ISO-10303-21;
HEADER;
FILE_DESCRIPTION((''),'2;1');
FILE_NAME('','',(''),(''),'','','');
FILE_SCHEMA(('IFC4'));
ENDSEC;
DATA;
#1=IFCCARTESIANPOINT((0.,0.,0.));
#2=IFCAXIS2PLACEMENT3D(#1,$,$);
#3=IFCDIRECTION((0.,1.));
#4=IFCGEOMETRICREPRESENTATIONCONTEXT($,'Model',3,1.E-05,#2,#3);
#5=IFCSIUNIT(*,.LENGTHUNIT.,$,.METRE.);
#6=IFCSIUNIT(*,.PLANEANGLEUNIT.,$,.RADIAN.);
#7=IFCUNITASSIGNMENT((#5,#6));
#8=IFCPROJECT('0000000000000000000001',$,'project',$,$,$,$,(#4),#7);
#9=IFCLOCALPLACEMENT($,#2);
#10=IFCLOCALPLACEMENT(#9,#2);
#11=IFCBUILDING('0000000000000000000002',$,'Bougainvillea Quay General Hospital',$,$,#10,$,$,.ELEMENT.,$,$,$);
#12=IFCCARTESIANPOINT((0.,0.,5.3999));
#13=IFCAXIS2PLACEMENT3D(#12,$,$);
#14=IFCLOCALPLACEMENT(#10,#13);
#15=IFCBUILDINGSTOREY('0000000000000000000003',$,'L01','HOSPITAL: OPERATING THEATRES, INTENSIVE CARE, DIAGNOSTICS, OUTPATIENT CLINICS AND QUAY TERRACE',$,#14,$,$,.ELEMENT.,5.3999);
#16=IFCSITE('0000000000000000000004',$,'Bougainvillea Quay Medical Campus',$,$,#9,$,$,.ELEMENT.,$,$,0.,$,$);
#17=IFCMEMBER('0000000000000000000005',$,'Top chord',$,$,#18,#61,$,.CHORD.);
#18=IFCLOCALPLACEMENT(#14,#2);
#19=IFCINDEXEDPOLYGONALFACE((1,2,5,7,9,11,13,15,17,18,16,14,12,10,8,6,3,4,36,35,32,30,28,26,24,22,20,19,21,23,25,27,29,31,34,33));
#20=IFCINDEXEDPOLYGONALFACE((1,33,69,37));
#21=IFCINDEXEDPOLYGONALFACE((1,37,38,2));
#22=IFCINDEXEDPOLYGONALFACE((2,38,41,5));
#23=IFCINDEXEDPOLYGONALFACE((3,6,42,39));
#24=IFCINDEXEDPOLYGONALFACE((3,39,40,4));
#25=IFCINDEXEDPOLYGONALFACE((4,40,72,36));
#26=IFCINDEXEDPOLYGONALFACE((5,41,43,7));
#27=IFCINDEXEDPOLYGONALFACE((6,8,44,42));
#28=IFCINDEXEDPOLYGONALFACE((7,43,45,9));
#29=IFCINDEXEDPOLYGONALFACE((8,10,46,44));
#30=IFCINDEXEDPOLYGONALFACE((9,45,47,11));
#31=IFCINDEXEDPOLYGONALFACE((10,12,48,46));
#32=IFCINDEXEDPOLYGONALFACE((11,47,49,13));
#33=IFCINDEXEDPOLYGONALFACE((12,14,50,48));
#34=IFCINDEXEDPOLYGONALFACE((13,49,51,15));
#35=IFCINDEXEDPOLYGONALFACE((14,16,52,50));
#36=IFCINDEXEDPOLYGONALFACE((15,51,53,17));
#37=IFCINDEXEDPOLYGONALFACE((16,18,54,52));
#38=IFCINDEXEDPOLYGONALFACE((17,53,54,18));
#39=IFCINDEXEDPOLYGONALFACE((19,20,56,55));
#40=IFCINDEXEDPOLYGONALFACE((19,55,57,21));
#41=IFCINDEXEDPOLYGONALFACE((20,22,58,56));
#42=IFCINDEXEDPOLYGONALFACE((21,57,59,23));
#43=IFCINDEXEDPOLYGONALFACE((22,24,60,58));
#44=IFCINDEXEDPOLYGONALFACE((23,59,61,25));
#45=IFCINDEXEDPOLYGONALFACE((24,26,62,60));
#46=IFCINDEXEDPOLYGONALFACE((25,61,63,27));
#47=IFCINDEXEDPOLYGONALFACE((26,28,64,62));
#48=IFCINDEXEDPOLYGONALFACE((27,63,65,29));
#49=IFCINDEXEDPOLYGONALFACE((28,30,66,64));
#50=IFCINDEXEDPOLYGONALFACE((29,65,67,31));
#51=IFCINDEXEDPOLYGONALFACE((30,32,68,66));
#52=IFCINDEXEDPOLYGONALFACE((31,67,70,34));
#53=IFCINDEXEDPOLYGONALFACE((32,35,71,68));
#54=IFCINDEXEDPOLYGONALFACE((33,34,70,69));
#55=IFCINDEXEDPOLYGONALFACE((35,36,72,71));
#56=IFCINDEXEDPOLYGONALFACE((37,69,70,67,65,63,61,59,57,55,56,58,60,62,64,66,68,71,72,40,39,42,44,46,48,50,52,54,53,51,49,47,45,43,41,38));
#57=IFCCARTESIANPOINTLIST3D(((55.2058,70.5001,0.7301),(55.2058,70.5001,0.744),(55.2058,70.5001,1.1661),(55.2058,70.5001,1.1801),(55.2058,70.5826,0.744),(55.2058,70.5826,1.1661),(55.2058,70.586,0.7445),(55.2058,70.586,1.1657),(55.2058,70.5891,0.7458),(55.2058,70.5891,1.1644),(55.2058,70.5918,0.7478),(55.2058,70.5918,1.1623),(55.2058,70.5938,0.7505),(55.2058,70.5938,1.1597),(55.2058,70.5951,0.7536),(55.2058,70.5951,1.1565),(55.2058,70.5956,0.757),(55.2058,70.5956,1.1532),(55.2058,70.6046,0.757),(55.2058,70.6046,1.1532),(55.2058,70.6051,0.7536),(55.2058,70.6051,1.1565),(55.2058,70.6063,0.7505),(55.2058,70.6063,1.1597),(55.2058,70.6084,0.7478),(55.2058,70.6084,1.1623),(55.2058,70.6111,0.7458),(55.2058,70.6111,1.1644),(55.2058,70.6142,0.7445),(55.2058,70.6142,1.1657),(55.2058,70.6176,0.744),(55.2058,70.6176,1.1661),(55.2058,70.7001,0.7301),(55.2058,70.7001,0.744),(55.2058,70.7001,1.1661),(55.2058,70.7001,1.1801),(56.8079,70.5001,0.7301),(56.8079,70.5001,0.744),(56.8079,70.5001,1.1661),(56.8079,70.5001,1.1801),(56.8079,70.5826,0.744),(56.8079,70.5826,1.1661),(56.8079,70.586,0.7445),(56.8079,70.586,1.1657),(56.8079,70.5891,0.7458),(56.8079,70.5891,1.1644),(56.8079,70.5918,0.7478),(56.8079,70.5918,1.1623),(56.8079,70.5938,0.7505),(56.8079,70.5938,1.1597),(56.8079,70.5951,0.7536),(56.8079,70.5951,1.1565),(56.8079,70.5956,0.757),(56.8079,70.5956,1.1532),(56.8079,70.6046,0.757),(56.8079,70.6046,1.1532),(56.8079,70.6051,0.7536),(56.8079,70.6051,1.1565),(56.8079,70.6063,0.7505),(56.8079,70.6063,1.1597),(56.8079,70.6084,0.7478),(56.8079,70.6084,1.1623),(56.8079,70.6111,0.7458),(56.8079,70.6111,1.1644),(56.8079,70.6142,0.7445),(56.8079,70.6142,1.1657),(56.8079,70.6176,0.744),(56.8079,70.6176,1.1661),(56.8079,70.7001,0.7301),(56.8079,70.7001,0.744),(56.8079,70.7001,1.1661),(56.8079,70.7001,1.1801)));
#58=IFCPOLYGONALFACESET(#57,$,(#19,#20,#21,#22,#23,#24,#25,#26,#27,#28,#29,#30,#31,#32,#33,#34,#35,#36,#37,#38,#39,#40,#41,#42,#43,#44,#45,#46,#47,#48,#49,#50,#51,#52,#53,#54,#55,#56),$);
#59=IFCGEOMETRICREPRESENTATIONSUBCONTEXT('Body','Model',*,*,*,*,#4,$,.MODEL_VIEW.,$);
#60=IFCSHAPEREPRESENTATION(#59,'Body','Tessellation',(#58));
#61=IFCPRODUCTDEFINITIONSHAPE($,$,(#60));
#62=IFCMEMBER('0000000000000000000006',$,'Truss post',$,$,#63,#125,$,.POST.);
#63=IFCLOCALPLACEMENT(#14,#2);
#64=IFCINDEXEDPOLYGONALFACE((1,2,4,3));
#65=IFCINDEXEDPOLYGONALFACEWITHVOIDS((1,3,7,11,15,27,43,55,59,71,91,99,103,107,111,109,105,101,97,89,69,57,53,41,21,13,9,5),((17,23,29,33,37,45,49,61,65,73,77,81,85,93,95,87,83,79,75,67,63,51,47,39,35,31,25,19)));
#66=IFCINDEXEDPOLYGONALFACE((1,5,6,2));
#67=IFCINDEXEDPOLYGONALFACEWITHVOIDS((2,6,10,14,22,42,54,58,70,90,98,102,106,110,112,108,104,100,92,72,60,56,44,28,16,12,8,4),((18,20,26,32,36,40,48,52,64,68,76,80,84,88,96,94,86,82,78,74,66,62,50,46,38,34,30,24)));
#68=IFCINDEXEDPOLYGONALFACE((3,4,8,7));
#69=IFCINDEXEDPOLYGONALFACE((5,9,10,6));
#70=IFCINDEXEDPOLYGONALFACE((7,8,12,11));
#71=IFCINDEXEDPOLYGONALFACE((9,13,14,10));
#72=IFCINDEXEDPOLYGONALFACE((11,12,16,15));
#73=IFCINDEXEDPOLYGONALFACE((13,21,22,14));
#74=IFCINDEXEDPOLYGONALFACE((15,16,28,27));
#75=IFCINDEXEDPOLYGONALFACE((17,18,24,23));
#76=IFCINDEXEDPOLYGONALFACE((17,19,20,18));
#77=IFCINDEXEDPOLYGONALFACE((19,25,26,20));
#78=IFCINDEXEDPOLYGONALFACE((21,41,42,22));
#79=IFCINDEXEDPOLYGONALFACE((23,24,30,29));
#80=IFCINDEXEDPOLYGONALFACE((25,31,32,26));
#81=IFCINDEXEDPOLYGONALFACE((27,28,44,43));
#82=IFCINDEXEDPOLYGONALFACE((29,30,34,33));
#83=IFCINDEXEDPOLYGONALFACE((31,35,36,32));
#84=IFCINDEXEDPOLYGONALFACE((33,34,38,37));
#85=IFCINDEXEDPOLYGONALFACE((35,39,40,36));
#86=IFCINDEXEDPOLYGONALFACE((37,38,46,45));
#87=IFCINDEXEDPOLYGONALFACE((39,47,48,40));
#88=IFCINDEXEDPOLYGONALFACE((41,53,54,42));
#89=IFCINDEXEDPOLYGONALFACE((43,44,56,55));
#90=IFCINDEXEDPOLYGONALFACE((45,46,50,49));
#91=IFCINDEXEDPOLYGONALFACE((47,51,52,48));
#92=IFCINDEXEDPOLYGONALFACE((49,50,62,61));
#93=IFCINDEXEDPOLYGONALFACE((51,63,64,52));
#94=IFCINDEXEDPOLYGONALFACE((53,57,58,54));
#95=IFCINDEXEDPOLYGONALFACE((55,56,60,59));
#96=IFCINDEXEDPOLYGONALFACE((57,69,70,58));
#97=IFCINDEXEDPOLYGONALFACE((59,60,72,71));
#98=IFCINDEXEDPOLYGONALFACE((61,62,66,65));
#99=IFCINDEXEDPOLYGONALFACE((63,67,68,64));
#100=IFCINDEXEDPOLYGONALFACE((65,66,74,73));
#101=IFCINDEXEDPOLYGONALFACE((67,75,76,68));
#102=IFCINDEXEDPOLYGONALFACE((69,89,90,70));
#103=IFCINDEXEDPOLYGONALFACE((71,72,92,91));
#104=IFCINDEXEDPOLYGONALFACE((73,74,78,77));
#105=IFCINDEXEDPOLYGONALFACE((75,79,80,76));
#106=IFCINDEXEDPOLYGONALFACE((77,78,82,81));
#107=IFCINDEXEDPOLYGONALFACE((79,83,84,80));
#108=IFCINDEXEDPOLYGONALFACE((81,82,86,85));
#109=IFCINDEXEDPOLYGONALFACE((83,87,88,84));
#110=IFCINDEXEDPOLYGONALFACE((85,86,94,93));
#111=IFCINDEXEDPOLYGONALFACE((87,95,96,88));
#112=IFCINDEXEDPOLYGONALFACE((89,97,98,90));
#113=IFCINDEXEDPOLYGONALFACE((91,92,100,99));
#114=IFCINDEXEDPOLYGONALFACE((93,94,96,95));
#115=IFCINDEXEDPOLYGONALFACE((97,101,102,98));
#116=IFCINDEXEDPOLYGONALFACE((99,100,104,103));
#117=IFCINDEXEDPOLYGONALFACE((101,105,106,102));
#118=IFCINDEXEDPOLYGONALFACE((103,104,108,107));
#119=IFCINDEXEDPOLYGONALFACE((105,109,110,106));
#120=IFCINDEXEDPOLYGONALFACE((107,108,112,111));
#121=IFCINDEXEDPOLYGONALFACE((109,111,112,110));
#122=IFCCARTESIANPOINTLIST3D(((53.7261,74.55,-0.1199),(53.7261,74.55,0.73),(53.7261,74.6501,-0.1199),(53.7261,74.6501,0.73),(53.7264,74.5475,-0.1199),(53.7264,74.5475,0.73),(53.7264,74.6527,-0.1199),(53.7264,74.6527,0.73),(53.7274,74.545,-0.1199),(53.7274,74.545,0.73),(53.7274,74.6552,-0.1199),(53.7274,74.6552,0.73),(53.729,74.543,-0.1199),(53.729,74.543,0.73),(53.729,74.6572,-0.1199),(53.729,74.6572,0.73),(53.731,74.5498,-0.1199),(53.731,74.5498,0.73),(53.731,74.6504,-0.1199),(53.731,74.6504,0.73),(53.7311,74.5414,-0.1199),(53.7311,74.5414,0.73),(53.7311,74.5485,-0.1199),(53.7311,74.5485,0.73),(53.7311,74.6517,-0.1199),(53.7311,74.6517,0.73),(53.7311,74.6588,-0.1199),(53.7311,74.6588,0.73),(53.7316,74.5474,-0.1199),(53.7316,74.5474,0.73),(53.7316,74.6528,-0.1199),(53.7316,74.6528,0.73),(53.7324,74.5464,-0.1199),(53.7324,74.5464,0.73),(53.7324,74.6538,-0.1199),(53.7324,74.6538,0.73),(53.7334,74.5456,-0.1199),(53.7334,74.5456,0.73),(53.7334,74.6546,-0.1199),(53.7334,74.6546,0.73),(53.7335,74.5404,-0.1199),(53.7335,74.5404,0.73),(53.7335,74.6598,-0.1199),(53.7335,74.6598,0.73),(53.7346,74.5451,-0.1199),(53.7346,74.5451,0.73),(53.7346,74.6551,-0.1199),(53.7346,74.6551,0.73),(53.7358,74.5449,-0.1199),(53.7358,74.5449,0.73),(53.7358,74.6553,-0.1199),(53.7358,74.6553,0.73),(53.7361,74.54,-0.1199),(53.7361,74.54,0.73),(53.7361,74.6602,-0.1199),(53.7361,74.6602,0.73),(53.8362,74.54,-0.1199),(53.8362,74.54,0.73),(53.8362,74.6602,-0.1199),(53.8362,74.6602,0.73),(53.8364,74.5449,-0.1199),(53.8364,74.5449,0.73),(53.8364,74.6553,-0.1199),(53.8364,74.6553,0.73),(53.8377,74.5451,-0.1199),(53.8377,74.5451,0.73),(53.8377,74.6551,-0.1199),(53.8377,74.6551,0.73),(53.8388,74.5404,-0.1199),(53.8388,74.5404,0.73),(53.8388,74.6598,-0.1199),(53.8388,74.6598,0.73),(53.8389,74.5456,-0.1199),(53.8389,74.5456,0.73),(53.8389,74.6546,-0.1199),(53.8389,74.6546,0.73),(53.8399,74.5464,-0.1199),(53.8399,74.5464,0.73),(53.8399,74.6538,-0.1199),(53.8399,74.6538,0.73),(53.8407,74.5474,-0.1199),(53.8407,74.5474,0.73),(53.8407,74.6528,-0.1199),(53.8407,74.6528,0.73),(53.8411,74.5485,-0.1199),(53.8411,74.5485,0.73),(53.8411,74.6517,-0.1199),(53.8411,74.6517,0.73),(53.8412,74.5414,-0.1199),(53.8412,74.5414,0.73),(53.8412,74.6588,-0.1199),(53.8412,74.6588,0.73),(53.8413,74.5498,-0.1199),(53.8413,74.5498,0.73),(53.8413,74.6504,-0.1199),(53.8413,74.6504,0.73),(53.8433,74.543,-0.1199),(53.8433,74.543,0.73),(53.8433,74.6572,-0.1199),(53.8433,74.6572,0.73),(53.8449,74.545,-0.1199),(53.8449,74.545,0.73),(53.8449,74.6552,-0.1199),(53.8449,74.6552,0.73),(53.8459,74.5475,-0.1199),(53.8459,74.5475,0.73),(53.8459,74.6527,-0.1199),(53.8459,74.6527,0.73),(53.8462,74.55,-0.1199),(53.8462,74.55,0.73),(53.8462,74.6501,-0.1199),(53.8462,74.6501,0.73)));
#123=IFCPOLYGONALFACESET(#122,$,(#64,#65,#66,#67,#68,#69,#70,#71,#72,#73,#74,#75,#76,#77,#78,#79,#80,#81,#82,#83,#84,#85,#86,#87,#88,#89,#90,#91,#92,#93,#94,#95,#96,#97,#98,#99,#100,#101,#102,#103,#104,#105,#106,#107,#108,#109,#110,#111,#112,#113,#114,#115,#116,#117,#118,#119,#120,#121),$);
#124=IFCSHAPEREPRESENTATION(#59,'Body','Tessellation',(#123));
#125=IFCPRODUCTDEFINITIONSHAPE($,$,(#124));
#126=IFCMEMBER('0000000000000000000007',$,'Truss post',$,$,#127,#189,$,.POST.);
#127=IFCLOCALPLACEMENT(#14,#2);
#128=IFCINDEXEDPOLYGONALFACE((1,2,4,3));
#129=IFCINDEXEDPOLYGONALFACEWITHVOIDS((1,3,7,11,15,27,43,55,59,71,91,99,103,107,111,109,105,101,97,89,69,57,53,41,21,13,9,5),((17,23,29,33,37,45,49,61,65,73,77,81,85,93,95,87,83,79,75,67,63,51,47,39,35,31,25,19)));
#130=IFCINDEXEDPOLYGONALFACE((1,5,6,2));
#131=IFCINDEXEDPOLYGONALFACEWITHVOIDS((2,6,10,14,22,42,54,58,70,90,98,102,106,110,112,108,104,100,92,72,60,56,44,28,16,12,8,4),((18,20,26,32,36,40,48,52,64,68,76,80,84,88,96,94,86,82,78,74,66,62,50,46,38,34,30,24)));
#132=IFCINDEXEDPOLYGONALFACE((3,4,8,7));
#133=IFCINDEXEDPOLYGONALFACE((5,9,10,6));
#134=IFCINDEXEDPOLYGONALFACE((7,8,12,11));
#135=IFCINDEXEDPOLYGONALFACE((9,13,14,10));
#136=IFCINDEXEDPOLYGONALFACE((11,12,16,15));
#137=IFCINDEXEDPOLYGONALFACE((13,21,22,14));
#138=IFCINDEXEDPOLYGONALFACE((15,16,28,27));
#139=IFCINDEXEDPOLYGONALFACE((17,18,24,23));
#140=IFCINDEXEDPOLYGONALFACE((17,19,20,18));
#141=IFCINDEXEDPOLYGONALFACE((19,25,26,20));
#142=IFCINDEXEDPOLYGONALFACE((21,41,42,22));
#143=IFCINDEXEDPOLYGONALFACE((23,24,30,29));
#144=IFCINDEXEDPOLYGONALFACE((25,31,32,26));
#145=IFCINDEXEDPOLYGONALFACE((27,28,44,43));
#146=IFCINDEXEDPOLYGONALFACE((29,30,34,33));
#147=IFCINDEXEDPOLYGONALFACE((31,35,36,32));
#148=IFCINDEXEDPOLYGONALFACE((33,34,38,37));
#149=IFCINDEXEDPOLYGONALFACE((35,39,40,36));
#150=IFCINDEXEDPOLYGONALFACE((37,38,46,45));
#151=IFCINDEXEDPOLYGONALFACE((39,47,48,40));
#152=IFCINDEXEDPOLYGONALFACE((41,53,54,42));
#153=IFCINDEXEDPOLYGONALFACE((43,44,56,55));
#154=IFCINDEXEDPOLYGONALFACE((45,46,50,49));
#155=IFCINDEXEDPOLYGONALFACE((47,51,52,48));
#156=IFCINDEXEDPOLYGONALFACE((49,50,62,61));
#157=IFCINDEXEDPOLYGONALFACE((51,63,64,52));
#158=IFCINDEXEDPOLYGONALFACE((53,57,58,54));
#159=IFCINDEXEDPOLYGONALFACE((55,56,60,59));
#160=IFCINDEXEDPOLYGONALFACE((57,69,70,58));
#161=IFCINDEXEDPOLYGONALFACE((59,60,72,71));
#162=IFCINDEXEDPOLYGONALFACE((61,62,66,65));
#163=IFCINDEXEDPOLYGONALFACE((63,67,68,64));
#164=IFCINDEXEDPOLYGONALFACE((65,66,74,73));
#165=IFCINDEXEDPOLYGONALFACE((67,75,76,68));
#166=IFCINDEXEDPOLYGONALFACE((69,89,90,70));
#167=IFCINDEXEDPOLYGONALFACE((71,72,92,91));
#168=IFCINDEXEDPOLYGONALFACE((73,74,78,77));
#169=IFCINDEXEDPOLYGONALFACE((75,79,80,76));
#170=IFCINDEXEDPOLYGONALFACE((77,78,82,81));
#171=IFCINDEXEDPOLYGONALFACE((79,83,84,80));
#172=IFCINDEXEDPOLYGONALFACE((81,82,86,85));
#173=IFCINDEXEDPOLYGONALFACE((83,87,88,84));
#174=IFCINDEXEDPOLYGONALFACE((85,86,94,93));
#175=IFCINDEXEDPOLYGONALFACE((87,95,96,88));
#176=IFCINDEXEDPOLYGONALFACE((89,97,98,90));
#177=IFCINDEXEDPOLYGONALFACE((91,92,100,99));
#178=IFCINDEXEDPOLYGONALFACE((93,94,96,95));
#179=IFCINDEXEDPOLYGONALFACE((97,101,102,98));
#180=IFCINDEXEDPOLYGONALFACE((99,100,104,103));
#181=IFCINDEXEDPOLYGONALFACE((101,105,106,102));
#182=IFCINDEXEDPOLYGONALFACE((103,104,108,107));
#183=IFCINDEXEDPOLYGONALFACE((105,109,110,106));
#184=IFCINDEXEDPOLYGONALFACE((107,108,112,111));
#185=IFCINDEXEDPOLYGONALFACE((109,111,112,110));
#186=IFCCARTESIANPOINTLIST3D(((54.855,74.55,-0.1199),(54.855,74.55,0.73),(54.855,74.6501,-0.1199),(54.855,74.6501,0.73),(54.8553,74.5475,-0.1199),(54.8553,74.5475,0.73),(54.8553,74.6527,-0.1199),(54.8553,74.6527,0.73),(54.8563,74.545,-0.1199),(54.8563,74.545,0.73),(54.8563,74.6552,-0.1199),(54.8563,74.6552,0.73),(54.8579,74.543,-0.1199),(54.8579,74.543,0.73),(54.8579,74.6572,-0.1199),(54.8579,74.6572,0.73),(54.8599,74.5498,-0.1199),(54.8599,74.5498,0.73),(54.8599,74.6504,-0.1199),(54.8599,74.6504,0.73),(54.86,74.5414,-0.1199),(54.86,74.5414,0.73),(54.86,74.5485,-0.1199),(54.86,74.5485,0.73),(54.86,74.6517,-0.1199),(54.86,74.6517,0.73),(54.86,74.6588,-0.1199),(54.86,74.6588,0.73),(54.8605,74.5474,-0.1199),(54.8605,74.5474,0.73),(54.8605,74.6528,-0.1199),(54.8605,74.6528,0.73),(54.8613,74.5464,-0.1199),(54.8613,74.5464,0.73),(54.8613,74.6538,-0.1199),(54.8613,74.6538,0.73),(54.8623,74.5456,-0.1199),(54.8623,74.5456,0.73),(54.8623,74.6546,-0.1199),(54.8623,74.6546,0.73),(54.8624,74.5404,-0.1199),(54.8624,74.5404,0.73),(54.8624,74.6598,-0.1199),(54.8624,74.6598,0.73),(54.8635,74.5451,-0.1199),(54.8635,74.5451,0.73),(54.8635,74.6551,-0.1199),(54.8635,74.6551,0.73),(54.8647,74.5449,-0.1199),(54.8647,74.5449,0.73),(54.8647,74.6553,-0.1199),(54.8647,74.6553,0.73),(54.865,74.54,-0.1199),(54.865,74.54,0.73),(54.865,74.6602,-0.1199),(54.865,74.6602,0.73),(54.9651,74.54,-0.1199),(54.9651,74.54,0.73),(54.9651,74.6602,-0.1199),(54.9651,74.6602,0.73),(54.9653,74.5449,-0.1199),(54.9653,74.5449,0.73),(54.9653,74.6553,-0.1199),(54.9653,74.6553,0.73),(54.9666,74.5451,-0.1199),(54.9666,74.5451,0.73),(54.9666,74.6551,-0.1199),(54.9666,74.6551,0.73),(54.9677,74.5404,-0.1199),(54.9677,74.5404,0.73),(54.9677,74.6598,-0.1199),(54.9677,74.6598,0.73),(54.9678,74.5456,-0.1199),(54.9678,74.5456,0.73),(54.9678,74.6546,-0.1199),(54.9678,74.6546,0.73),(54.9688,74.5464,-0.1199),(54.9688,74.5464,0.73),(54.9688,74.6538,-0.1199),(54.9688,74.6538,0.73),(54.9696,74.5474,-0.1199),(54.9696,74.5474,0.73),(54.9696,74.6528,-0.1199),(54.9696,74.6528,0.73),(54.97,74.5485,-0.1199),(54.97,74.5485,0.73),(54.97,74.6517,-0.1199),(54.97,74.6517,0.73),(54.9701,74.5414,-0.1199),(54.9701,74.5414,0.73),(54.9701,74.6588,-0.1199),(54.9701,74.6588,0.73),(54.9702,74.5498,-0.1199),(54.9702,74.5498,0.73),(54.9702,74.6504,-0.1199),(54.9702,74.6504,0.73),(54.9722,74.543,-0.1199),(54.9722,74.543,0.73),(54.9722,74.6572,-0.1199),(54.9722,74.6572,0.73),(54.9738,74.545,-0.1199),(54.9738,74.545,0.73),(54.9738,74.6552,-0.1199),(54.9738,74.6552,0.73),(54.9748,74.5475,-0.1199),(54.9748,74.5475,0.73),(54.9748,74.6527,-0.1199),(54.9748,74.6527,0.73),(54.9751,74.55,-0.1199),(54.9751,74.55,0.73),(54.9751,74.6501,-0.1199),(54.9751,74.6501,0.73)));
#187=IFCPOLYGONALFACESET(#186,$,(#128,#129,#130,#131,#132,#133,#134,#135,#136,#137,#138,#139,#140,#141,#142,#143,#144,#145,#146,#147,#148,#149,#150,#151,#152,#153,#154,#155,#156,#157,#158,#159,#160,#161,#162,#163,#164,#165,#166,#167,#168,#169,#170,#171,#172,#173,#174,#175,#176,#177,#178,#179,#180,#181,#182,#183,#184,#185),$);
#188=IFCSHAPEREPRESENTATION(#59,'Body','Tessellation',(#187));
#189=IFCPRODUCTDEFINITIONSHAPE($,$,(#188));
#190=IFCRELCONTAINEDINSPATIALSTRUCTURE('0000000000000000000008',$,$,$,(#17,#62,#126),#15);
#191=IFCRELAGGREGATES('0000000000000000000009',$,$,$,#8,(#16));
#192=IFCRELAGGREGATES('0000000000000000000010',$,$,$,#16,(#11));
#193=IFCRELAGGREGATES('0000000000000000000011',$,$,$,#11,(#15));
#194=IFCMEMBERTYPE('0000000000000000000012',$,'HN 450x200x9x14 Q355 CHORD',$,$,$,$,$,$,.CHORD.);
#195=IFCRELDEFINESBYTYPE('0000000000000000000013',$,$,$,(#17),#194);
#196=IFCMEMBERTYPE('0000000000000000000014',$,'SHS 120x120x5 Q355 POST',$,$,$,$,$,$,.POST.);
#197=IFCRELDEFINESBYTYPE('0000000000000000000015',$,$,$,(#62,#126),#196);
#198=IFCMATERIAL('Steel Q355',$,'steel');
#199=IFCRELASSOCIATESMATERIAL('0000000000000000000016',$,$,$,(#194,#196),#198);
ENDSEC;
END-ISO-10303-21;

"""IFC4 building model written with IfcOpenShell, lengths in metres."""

from ifc_helpers import new_model, si_unit, direction, frame, origin, origin_2d, place, context, subcontext, project, spatial, hollow_rectangle, i_section, extrude, material, material_profile, profile_set, type_object, element, save


model = new_model("IFC4")

# Units and contexts
model_context = context("Model", 3, precision=1e-05, world=origin(), true_north=direction((0.0, 1.0)))
body_context = subcontext(model_context, "Body", "Model", "MODEL_VIEW")
ifc_project = project(units=[si_unit("LENGTHUNIT", "METRE"), si_unit("PLANEANGLEUNIT", "RADIAN")], contexts=[model_context])

# Site, building, storey
site_placement = place(None, origin())
site = spatial("IfcSite", under=ifc_project, at=site_placement, Name="Bougainvillea Quay Medical Campus", CompositionType="ELEMENT", RefElevation=0.0)
building_placement = place(site_placement, origin())
building = spatial("IfcBuilding", under=site, at=building_placement, Name="Bougainvillea Quay General Hospital", CompositionType="ELEMENT")
storey_placement = place(building_placement, frame((0.0, 0.0, 5.3999)))
storey = spatial("IfcBuildingStorey", under=building, at=storey_placement, Name="L01", Description="HOSPITAL: OPERATING THEATRES, INTENSIVE CARE, DIAGNOSTICS, OUTPATIENT CLINICS AND QUAY TERRACE", CompositionType="ELEMENT", Elevation=5.3999)

# Members
ifc_material_1 = material(Name="Steel Q355", Category="steel")
ifc_material_profile_1 = material_profile(ifc_material_1, i_section(OverallWidth=0.2, OverallDepth=0.45, WebThickness=0.009, FlangeThickness=0.0139, FilletRadius=0.0129, at=origin_2d()))
ifc_profile_set_1 = profile_set([ifc_material_profile_1], Name="Steel Q355")
member_type_1 = type_object("IfcMemberType", Name="HN 450x200x9x14 Q355 CHORD", PredefinedType="CHORD", material=ifc_profile_set_1)
for number, where, z_axis, x_axis, name in (
    (1, (55.2058, 70.6001, 0.9551), (1.0, 0.0, 0.0), (0.0, 1.0, 0.0), "Top chord"),
):
    element("IfcMember", number, at=place(storey_placement, frame(where, z_axis=z_axis, x_axis=x_axis)), inside=storey, type_object=member_type_1, Name=name, PredefinedType="CHORD", context=body_context, shape_type="SweptSolid", body=[
        extrude(i_section(OverallWidth=0.2, OverallDepth=0.45, WebThickness=0.009, FlangeThickness=0.0139, FilletRadius=0.0129, at=origin_2d()), origin(), (0.0, 0.0, 1.0), 1.6021),
    ])
ifc_material_profile_2 = material_profile(ifc_material_1, hollow_rectangle(XDim=0.1201, YDim=0.1201, WallThickness=0.0049, InnerFilletRadius=0.0049, OuterFilletRadius=0.01, at=origin_2d()))
ifc_profile_set_2 = profile_set([ifc_material_profile_2], Name="Steel Q355")
member_type_2 = type_object("IfcMemberType", Name="SHS 120x120x5 Q355 POST", PredefinedType="POST", material=ifc_profile_set_2)
for number, where, z_axis, x_axis, name in (
    (2, (53.7861, 74.6001, -0.1199), (0.0, 0.0, 1.0), (1.0, 0.0, 0.0), "Truss post"),
    (3, (54.915, 74.6001, -0.1199), (0.0, 0.0, 1.0), (1.0, 0.0, 0.0), "Truss post"),
):
    element("IfcMember", number, at=place(storey_placement, frame(where, z_axis=z_axis, x_axis=x_axis)), inside=storey, type_object=member_type_2, Name=name, PredefinedType="POST", context=body_context, shape_type="SweptSolid", body=[
        extrude(hollow_rectangle(XDim=0.1201, YDim=0.1201, WallThickness=0.0049, InnerFilletRadius=0.0049, OuterFilletRadius=0.01, at=origin_2d()), origin(), (0.0, 0.0, 1.0), 0.8499),
    ])

save(model, "model.ifc")
